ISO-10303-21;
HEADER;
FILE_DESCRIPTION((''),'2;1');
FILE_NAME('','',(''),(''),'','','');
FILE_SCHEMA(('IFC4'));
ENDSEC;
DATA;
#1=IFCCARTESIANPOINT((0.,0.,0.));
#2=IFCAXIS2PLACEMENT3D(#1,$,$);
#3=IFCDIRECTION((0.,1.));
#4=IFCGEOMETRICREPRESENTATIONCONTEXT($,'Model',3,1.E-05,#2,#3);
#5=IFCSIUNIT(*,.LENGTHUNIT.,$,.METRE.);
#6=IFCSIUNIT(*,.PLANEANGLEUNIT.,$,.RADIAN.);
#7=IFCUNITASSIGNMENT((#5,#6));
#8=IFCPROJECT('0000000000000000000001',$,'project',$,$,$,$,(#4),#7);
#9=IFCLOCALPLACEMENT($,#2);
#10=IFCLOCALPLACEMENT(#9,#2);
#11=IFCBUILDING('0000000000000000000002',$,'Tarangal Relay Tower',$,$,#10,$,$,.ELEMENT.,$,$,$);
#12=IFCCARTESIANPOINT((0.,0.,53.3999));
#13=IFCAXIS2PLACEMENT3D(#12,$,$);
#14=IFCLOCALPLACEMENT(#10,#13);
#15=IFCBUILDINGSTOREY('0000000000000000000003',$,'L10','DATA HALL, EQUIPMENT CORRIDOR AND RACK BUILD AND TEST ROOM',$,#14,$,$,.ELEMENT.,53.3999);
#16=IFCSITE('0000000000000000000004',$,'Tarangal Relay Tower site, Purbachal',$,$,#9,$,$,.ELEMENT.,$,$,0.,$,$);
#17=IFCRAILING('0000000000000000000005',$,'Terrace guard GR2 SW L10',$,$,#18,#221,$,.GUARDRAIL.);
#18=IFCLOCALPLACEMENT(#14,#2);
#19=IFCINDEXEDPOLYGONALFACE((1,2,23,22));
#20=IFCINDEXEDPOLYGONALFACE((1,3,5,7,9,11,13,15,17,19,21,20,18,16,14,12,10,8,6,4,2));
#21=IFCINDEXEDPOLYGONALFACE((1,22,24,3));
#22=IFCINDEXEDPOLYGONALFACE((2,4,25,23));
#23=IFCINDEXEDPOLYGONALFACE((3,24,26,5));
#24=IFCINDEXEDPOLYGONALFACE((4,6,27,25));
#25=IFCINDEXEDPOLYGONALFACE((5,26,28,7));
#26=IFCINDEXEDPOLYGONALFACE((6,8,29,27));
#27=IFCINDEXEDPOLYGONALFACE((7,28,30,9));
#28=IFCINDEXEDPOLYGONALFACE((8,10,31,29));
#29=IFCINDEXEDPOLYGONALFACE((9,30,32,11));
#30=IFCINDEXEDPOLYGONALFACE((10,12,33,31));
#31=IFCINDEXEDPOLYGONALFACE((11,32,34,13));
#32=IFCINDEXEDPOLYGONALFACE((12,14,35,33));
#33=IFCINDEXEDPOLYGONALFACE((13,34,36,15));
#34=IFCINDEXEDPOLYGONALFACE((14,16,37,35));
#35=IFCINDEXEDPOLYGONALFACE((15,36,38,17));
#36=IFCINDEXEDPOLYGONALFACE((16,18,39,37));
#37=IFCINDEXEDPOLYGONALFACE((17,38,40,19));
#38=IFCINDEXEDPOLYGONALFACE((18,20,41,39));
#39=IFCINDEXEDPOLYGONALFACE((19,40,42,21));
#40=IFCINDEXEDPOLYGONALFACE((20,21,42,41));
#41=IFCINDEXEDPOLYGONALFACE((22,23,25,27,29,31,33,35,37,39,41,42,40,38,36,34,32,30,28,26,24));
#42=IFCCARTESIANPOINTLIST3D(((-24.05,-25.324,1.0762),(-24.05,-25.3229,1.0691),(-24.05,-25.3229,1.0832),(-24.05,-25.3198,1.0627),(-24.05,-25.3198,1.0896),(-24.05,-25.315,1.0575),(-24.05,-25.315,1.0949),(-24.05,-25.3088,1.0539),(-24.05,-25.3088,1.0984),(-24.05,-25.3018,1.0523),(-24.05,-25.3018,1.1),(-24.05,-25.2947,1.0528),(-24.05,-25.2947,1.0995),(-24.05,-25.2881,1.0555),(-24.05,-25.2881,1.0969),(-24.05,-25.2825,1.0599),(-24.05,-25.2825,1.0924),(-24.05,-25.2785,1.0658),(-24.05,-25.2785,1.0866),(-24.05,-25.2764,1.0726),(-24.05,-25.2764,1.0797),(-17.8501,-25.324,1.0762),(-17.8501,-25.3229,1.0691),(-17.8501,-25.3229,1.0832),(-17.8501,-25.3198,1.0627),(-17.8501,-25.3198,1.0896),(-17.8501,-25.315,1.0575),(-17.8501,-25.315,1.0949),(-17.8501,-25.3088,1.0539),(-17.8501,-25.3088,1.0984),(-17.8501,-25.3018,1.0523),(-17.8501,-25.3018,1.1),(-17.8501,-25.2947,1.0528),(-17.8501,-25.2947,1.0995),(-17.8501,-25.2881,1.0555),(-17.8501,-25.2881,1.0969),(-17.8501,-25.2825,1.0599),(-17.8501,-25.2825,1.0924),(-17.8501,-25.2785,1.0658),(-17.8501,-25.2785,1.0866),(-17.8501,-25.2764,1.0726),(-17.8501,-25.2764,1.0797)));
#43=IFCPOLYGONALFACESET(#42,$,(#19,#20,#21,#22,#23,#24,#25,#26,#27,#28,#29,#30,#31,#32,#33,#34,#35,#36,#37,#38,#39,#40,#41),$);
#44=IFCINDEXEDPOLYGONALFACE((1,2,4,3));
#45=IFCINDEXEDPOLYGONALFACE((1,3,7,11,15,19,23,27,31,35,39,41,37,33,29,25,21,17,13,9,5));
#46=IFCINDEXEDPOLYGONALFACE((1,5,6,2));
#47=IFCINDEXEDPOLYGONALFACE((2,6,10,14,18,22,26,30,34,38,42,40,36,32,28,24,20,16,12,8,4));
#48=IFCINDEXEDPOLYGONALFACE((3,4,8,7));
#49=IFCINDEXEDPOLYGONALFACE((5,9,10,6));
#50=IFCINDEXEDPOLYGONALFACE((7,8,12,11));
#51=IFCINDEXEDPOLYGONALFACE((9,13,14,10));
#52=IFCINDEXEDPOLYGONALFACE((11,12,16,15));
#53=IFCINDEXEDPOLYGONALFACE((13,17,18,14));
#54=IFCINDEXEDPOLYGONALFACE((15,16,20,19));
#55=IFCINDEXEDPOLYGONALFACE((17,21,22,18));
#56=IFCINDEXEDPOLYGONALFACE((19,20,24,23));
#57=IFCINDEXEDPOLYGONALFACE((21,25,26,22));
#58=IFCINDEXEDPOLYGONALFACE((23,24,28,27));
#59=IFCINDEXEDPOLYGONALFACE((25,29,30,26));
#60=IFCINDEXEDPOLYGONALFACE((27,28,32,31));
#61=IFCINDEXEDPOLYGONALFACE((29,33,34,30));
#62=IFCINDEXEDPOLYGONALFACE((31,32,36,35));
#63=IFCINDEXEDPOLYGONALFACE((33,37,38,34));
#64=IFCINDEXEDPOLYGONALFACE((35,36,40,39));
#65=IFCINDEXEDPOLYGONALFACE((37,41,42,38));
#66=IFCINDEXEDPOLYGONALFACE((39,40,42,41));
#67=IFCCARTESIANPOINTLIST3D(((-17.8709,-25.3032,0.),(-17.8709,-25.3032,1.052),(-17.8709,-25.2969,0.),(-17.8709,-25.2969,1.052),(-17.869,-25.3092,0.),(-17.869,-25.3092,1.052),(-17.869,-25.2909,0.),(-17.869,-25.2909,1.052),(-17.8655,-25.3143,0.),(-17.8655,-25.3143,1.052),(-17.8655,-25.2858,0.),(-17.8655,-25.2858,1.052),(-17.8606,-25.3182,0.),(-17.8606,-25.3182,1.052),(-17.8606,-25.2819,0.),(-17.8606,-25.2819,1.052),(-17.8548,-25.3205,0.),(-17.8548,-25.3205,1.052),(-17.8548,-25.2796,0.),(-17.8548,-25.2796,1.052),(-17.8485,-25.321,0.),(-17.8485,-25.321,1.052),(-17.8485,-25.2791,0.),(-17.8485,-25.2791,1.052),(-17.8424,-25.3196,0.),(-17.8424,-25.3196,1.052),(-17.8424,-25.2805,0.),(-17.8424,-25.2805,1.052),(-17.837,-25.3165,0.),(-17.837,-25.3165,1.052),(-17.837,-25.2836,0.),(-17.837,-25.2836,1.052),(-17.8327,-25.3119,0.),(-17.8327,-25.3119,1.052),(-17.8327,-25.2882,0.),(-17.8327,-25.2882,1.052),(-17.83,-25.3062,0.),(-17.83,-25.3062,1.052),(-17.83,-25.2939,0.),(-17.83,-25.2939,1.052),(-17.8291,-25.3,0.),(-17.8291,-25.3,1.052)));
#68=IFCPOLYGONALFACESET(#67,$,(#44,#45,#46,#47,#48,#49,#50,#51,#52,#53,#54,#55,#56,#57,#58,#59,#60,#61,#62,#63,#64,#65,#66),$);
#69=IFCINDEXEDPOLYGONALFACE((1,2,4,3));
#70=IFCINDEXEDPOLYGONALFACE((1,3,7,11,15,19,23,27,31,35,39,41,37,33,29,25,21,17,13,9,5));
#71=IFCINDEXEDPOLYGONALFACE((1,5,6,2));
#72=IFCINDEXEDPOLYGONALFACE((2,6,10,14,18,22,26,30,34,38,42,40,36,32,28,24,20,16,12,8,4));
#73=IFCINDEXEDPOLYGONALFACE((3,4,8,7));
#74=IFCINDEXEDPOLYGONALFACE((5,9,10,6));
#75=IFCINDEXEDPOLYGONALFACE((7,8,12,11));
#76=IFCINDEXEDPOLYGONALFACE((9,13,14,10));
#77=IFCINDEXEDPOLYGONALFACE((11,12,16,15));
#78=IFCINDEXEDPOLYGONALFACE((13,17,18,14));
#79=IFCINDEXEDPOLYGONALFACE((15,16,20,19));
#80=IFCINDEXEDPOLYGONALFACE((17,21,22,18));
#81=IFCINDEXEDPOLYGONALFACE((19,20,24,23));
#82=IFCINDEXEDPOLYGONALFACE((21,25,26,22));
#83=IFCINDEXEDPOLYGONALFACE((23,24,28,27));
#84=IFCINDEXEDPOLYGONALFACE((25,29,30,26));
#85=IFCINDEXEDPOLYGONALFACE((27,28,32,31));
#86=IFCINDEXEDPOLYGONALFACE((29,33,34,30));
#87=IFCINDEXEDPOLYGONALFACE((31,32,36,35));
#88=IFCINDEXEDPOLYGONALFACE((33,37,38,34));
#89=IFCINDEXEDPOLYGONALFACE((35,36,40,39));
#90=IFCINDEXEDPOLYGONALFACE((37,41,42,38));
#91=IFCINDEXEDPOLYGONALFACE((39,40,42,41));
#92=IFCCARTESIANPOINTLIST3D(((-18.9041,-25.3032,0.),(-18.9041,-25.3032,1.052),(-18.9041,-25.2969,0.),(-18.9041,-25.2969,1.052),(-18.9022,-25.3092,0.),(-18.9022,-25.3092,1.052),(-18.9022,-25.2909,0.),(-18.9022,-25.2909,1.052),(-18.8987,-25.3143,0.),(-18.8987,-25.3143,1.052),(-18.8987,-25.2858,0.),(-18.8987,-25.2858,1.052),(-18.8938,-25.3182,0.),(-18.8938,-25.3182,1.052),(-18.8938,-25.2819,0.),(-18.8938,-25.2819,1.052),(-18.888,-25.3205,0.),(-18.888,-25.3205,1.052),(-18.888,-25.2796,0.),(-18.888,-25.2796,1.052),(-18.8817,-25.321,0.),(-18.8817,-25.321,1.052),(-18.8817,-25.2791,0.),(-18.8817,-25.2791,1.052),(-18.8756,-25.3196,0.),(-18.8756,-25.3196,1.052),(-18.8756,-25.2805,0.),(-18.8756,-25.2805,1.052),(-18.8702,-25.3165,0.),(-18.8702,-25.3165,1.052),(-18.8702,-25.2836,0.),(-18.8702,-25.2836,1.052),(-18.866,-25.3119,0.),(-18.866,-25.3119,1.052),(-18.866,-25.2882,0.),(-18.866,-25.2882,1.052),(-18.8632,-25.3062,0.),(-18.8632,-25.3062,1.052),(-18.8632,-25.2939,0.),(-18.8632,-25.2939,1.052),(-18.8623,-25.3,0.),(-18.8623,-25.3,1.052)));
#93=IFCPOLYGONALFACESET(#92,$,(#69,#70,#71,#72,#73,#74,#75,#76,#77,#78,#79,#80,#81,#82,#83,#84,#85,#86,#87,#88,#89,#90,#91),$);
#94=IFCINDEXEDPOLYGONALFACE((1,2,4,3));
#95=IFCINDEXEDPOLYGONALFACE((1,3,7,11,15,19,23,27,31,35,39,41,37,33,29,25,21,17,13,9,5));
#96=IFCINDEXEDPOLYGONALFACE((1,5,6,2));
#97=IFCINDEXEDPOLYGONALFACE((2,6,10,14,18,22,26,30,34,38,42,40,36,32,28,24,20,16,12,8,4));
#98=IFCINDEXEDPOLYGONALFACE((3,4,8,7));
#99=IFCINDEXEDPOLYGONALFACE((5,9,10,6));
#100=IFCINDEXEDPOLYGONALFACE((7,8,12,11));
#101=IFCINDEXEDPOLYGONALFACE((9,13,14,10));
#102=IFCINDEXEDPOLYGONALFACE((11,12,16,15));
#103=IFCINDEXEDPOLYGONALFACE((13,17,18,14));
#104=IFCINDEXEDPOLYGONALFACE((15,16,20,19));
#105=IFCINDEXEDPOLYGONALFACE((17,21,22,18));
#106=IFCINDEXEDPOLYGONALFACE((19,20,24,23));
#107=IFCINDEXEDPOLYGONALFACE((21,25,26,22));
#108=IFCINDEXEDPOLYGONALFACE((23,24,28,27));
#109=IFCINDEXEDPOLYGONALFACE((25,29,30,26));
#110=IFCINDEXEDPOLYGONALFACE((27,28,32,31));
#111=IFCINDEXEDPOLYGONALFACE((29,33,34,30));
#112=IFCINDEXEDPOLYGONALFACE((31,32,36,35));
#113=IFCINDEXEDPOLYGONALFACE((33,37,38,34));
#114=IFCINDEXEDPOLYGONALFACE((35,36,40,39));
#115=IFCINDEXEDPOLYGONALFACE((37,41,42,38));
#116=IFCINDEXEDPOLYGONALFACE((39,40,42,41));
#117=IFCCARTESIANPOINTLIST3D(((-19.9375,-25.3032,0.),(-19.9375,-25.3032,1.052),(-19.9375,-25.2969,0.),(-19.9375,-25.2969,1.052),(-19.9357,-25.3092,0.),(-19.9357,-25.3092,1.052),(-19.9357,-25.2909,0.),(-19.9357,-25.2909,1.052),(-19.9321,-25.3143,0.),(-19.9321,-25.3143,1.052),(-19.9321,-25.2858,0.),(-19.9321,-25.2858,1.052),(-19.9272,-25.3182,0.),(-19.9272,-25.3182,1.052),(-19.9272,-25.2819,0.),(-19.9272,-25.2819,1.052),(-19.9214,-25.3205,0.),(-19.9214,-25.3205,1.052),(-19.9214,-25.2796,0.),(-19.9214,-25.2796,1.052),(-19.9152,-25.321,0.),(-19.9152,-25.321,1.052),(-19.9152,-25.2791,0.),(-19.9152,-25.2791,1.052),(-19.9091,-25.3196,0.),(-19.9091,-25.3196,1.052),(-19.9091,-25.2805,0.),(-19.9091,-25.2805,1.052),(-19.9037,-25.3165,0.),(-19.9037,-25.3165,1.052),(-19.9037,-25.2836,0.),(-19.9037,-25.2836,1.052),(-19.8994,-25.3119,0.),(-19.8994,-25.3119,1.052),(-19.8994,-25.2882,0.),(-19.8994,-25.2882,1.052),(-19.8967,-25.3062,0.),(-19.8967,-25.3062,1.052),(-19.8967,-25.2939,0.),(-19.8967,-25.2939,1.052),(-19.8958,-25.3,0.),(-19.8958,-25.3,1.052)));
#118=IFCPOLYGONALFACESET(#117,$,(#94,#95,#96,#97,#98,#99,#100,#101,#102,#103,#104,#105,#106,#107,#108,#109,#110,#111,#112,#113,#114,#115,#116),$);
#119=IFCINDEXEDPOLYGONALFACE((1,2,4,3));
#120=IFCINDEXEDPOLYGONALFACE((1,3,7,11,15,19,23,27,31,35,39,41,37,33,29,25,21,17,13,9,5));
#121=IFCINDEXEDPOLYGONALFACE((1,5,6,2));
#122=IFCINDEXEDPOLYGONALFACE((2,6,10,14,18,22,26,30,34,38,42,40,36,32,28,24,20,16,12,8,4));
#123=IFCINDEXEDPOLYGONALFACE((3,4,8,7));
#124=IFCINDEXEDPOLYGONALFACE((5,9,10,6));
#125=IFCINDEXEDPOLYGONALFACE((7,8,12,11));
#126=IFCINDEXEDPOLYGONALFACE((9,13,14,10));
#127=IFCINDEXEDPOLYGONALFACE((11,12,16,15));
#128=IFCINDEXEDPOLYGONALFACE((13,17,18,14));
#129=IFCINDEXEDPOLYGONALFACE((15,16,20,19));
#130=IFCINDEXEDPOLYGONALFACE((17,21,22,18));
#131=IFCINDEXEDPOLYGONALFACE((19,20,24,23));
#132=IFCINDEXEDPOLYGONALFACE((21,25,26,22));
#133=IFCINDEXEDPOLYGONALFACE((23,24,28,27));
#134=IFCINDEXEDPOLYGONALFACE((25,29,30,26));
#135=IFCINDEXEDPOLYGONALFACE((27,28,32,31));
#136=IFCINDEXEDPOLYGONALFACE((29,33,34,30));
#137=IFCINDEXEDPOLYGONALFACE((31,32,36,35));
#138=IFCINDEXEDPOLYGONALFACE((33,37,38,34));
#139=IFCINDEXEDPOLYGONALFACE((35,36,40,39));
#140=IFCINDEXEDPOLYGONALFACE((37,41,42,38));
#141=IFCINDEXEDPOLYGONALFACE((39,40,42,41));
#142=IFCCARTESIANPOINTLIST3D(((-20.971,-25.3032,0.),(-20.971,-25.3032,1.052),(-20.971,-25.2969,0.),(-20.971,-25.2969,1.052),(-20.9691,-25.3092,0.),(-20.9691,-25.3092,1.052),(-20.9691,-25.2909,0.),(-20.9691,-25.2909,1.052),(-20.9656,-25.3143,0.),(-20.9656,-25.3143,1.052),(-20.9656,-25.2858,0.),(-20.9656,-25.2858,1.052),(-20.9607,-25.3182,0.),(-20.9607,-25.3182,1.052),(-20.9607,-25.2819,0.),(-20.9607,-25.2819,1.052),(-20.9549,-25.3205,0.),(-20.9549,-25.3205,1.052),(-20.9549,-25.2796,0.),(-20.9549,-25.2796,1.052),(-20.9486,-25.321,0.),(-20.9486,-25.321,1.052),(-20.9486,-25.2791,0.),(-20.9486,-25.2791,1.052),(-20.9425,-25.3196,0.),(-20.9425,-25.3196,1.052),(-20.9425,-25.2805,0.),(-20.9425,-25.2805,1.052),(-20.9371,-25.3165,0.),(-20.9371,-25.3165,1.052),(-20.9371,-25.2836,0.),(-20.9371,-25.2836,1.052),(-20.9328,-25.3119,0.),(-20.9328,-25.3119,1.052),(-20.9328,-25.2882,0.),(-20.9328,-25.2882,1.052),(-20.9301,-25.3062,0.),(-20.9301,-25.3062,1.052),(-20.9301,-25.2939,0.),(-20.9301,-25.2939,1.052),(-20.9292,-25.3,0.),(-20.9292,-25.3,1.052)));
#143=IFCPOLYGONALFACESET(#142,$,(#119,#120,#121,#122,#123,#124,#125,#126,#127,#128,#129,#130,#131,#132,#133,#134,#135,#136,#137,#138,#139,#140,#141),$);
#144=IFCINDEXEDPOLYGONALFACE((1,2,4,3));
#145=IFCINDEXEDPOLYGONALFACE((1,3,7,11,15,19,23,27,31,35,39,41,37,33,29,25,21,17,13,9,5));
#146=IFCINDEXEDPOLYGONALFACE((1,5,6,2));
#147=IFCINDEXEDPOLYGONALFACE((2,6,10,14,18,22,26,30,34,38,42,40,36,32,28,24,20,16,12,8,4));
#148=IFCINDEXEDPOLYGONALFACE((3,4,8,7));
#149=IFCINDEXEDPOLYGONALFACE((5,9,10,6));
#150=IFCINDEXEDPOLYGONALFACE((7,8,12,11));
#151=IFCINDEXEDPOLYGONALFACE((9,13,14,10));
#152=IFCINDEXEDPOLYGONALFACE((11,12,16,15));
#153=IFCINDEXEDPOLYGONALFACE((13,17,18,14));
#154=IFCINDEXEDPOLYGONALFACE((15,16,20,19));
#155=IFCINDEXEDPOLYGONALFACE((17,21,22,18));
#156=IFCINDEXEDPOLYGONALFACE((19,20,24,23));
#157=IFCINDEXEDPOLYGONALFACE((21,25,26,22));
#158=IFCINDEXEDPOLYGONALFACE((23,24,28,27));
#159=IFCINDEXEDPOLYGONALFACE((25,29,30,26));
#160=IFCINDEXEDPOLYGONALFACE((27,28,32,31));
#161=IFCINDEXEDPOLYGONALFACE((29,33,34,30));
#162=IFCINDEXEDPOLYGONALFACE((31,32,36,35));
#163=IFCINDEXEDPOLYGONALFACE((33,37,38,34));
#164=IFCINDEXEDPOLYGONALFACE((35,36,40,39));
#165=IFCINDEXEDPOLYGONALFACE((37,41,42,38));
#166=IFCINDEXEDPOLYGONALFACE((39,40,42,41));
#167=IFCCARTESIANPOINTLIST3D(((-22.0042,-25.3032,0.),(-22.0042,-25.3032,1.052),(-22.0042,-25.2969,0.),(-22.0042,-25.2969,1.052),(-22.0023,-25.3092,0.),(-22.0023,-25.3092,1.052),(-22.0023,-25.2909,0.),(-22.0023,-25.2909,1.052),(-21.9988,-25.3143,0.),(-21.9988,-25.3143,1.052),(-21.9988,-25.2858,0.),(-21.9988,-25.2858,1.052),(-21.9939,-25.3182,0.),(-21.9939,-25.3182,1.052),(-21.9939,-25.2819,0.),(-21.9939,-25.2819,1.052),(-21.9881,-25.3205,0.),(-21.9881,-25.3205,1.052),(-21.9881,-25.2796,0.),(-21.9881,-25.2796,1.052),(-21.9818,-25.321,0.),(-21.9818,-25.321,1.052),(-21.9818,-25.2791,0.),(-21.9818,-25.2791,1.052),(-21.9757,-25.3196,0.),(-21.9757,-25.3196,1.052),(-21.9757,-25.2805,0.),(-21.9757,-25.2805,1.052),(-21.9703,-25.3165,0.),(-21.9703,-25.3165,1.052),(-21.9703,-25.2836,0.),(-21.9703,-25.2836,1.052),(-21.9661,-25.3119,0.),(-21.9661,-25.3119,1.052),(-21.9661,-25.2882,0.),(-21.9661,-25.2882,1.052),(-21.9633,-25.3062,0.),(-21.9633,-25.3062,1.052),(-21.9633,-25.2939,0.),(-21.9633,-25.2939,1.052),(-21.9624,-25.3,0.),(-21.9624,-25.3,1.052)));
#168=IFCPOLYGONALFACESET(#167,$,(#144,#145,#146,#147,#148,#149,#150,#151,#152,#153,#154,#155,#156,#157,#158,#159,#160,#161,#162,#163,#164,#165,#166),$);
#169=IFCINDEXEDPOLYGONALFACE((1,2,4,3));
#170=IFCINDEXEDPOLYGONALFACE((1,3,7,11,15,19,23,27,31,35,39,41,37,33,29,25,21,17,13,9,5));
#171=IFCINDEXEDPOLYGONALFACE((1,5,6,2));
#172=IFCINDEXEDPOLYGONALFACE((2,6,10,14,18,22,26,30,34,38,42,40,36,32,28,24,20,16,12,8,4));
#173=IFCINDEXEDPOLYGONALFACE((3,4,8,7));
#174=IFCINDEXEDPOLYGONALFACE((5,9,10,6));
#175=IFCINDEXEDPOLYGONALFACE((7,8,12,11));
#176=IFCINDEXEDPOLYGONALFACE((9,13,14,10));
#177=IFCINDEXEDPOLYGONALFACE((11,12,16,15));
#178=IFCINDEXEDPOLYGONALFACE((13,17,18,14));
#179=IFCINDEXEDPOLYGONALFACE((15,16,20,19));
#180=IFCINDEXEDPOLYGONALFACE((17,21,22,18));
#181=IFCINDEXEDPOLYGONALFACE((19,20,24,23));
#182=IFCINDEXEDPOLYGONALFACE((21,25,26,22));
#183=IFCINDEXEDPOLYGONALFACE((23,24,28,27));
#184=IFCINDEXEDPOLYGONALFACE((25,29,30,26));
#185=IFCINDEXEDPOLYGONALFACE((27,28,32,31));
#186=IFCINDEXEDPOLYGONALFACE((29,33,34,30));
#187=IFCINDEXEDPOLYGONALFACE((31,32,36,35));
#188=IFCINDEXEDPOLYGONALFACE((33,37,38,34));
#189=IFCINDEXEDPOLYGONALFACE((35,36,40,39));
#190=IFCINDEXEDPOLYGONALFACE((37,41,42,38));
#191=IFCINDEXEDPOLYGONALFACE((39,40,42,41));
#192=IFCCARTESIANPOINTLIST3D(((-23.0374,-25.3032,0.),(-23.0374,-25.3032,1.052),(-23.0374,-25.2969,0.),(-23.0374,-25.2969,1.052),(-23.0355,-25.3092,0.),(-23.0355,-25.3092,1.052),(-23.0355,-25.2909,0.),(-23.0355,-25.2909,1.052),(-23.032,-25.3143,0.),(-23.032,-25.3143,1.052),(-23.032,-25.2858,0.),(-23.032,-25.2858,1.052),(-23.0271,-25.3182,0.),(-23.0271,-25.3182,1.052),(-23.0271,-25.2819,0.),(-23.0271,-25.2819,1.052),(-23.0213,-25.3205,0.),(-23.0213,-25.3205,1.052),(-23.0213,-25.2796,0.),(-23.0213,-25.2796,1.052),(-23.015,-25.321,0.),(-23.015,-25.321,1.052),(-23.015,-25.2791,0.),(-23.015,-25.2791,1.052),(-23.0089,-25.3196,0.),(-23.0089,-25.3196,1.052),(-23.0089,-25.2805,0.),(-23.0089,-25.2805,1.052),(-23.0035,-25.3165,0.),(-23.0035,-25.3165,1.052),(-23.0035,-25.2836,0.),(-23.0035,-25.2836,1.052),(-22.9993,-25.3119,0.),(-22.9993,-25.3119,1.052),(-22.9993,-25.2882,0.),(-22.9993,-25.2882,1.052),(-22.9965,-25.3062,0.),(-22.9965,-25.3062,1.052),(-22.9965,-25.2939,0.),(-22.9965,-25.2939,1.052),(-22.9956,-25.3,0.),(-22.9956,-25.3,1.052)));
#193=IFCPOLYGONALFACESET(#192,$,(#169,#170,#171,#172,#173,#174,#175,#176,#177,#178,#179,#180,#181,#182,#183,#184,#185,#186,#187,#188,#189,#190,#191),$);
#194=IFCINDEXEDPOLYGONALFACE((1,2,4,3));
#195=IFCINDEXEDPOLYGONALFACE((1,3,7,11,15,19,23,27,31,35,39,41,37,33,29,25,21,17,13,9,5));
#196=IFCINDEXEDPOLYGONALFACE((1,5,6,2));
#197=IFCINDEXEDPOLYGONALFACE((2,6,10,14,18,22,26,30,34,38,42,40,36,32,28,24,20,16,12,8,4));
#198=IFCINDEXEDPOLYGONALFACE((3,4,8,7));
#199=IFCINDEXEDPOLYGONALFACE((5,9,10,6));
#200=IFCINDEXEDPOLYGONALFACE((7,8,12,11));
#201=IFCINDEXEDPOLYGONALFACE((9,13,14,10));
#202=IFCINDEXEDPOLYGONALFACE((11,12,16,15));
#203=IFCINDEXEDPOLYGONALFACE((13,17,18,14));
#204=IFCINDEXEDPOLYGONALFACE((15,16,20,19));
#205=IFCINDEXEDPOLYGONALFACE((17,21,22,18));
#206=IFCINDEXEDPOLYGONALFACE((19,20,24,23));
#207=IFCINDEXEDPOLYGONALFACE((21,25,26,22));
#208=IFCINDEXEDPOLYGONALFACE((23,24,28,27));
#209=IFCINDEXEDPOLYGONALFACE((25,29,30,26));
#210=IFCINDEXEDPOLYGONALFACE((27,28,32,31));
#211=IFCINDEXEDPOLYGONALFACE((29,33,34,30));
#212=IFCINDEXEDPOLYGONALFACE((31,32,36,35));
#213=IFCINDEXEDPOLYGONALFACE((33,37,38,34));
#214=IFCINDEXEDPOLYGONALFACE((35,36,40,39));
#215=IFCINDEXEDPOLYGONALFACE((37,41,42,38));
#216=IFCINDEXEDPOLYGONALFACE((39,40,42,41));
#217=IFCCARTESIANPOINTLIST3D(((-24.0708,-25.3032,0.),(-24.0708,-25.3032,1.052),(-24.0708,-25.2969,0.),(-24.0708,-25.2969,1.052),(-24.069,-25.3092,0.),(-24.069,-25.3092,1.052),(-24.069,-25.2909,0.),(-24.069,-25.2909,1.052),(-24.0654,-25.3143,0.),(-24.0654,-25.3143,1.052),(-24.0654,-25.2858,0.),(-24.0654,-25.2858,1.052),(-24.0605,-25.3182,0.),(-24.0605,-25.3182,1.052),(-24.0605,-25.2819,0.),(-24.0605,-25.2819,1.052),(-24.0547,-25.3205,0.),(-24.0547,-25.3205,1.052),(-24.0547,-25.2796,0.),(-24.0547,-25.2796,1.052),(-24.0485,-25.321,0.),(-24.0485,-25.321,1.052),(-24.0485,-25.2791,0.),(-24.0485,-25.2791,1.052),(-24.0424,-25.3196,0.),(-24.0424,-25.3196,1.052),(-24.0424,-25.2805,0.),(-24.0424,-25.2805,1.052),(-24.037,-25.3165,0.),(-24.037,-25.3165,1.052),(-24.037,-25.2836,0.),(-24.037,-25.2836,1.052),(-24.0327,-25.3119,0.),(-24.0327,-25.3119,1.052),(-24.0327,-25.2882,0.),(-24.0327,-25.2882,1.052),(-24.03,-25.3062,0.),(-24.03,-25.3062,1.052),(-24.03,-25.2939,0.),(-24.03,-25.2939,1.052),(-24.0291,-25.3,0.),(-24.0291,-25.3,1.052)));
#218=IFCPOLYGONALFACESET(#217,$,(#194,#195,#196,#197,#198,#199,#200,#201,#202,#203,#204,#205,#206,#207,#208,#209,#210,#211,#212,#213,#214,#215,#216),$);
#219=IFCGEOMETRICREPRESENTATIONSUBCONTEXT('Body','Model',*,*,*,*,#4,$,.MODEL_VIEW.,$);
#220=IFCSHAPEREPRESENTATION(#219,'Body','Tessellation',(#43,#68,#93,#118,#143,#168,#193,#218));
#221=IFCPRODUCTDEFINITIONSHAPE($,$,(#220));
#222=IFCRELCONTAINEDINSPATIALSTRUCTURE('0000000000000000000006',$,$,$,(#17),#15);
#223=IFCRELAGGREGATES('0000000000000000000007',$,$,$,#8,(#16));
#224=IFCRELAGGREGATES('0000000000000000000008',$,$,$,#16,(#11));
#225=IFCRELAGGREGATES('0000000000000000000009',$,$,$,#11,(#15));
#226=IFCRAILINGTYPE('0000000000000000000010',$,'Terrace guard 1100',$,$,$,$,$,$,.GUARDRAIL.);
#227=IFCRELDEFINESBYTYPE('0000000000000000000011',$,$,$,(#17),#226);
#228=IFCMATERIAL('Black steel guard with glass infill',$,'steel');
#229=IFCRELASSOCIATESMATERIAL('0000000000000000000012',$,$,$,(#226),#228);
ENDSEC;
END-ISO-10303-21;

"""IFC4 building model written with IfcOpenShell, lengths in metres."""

from ifc_helpers import new_model, si_unit, direction, frame, origin, origin_2d, place, context, subcontext, project, spatial, circle, extrude, material, type_object, element, save


model = new_model("IFC4")

# Units and contexts
model_context = context("Model", 3, precision=1e-05, world=origin(), true_north=direction((0.0, 1.0)))
body_context = subcontext(model_context, "Body", "Model", "MODEL_VIEW")
ifc_project = project(units=[si_unit("LENGTHUNIT", "METRE"), si_unit("PLANEANGLEUNIT", "RADIAN")], contexts=[model_context])

# Site, building, storey
site_placement = place(None, origin())
site = spatial("IfcSite", under=ifc_project, at=site_placement, Name="Tarangal Relay Tower site, Purbachal", CompositionType="ELEMENT", RefElevation=0.0)
building_placement = place(site_placement, origin())
building = spatial("IfcBuilding", under=site, at=building_placement, Name="Tarangal Relay Tower", CompositionType="ELEMENT")
storey_placement = place(building_placement, frame((0.0, 0.0, 53.3999)))
storey = spatial("IfcBuildingStorey", under=building, at=storey_placement, Name="L10", Description="DATA HALL, EQUIPMENT CORRIDOR AND RACK BUILD AND TEST ROOM", CompositionType="ELEMENT", Elevation=53.3999)

# Railing
ifc_material_1 = material(Name="Black steel guard with glass infill", Category="steel")
railing_type = type_object("IfcRailingType", Name="Terrace guard 1100", PredefinedType="GUARDRAIL", material=ifc_material_1)
railing_1_placement = place(storey_placement, frame((-17.8501, -25.3, 0.0)))
element("IfcRailing", 1, at=railing_1_placement, inside=storey, type_object=railing_type, Name="Terrace guard GR2 SW L10", PredefinedType="GUARDRAIL", context=body_context, shape_type="SweptSolid", body=[
    extrude(circle(Radius=0.0239, at=origin_2d()), frame((0.0, 0.0, 1.0762), z_axis=(-1.0, 0.0, 0.0), x_axis=(0.0, -1.0, 0.0)), (0.0, 0.0, 1.0), 6.2),
    extrude(circle(Radius=0.021, at=origin_2d()), origin(), (0.0, 0.0, 1.0), 1.052),
    extrude(circle(Radius=0.021, at=origin_2d()), frame((-1.0332, 0.0, 0.0)), (0.0, 0.0, 1.0), 1.052),
    extrude(circle(Radius=0.021, at=origin_2d()), frame((-2.0667, 0.0, 0.0)), (0.0, 0.0, 1.0), 1.052),
    extrude(circle(Radius=0.021, at=origin_2d()), frame((-3.1001, 0.0, 0.0)), (0.0, 0.0, 1.0), 1.052),
    extrude(circle(Radius=0.021, at=origin_2d()), frame((-4.1333, 0.0, 0.0)), (0.0, 0.0, 1.0), 1.052),
    extrude(circle(Radius=0.021, at=origin_2d()), frame((-5.1665, 0.0, 0.0)), (0.0, 0.0, 1.0), 1.052),
    extrude(circle(Radius=0.021, at=origin_2d()), frame((-6.2, 0.0, 0.0)), (0.0, 0.0, 1.0), 1.052),
])

save(model, "model.ifc")
